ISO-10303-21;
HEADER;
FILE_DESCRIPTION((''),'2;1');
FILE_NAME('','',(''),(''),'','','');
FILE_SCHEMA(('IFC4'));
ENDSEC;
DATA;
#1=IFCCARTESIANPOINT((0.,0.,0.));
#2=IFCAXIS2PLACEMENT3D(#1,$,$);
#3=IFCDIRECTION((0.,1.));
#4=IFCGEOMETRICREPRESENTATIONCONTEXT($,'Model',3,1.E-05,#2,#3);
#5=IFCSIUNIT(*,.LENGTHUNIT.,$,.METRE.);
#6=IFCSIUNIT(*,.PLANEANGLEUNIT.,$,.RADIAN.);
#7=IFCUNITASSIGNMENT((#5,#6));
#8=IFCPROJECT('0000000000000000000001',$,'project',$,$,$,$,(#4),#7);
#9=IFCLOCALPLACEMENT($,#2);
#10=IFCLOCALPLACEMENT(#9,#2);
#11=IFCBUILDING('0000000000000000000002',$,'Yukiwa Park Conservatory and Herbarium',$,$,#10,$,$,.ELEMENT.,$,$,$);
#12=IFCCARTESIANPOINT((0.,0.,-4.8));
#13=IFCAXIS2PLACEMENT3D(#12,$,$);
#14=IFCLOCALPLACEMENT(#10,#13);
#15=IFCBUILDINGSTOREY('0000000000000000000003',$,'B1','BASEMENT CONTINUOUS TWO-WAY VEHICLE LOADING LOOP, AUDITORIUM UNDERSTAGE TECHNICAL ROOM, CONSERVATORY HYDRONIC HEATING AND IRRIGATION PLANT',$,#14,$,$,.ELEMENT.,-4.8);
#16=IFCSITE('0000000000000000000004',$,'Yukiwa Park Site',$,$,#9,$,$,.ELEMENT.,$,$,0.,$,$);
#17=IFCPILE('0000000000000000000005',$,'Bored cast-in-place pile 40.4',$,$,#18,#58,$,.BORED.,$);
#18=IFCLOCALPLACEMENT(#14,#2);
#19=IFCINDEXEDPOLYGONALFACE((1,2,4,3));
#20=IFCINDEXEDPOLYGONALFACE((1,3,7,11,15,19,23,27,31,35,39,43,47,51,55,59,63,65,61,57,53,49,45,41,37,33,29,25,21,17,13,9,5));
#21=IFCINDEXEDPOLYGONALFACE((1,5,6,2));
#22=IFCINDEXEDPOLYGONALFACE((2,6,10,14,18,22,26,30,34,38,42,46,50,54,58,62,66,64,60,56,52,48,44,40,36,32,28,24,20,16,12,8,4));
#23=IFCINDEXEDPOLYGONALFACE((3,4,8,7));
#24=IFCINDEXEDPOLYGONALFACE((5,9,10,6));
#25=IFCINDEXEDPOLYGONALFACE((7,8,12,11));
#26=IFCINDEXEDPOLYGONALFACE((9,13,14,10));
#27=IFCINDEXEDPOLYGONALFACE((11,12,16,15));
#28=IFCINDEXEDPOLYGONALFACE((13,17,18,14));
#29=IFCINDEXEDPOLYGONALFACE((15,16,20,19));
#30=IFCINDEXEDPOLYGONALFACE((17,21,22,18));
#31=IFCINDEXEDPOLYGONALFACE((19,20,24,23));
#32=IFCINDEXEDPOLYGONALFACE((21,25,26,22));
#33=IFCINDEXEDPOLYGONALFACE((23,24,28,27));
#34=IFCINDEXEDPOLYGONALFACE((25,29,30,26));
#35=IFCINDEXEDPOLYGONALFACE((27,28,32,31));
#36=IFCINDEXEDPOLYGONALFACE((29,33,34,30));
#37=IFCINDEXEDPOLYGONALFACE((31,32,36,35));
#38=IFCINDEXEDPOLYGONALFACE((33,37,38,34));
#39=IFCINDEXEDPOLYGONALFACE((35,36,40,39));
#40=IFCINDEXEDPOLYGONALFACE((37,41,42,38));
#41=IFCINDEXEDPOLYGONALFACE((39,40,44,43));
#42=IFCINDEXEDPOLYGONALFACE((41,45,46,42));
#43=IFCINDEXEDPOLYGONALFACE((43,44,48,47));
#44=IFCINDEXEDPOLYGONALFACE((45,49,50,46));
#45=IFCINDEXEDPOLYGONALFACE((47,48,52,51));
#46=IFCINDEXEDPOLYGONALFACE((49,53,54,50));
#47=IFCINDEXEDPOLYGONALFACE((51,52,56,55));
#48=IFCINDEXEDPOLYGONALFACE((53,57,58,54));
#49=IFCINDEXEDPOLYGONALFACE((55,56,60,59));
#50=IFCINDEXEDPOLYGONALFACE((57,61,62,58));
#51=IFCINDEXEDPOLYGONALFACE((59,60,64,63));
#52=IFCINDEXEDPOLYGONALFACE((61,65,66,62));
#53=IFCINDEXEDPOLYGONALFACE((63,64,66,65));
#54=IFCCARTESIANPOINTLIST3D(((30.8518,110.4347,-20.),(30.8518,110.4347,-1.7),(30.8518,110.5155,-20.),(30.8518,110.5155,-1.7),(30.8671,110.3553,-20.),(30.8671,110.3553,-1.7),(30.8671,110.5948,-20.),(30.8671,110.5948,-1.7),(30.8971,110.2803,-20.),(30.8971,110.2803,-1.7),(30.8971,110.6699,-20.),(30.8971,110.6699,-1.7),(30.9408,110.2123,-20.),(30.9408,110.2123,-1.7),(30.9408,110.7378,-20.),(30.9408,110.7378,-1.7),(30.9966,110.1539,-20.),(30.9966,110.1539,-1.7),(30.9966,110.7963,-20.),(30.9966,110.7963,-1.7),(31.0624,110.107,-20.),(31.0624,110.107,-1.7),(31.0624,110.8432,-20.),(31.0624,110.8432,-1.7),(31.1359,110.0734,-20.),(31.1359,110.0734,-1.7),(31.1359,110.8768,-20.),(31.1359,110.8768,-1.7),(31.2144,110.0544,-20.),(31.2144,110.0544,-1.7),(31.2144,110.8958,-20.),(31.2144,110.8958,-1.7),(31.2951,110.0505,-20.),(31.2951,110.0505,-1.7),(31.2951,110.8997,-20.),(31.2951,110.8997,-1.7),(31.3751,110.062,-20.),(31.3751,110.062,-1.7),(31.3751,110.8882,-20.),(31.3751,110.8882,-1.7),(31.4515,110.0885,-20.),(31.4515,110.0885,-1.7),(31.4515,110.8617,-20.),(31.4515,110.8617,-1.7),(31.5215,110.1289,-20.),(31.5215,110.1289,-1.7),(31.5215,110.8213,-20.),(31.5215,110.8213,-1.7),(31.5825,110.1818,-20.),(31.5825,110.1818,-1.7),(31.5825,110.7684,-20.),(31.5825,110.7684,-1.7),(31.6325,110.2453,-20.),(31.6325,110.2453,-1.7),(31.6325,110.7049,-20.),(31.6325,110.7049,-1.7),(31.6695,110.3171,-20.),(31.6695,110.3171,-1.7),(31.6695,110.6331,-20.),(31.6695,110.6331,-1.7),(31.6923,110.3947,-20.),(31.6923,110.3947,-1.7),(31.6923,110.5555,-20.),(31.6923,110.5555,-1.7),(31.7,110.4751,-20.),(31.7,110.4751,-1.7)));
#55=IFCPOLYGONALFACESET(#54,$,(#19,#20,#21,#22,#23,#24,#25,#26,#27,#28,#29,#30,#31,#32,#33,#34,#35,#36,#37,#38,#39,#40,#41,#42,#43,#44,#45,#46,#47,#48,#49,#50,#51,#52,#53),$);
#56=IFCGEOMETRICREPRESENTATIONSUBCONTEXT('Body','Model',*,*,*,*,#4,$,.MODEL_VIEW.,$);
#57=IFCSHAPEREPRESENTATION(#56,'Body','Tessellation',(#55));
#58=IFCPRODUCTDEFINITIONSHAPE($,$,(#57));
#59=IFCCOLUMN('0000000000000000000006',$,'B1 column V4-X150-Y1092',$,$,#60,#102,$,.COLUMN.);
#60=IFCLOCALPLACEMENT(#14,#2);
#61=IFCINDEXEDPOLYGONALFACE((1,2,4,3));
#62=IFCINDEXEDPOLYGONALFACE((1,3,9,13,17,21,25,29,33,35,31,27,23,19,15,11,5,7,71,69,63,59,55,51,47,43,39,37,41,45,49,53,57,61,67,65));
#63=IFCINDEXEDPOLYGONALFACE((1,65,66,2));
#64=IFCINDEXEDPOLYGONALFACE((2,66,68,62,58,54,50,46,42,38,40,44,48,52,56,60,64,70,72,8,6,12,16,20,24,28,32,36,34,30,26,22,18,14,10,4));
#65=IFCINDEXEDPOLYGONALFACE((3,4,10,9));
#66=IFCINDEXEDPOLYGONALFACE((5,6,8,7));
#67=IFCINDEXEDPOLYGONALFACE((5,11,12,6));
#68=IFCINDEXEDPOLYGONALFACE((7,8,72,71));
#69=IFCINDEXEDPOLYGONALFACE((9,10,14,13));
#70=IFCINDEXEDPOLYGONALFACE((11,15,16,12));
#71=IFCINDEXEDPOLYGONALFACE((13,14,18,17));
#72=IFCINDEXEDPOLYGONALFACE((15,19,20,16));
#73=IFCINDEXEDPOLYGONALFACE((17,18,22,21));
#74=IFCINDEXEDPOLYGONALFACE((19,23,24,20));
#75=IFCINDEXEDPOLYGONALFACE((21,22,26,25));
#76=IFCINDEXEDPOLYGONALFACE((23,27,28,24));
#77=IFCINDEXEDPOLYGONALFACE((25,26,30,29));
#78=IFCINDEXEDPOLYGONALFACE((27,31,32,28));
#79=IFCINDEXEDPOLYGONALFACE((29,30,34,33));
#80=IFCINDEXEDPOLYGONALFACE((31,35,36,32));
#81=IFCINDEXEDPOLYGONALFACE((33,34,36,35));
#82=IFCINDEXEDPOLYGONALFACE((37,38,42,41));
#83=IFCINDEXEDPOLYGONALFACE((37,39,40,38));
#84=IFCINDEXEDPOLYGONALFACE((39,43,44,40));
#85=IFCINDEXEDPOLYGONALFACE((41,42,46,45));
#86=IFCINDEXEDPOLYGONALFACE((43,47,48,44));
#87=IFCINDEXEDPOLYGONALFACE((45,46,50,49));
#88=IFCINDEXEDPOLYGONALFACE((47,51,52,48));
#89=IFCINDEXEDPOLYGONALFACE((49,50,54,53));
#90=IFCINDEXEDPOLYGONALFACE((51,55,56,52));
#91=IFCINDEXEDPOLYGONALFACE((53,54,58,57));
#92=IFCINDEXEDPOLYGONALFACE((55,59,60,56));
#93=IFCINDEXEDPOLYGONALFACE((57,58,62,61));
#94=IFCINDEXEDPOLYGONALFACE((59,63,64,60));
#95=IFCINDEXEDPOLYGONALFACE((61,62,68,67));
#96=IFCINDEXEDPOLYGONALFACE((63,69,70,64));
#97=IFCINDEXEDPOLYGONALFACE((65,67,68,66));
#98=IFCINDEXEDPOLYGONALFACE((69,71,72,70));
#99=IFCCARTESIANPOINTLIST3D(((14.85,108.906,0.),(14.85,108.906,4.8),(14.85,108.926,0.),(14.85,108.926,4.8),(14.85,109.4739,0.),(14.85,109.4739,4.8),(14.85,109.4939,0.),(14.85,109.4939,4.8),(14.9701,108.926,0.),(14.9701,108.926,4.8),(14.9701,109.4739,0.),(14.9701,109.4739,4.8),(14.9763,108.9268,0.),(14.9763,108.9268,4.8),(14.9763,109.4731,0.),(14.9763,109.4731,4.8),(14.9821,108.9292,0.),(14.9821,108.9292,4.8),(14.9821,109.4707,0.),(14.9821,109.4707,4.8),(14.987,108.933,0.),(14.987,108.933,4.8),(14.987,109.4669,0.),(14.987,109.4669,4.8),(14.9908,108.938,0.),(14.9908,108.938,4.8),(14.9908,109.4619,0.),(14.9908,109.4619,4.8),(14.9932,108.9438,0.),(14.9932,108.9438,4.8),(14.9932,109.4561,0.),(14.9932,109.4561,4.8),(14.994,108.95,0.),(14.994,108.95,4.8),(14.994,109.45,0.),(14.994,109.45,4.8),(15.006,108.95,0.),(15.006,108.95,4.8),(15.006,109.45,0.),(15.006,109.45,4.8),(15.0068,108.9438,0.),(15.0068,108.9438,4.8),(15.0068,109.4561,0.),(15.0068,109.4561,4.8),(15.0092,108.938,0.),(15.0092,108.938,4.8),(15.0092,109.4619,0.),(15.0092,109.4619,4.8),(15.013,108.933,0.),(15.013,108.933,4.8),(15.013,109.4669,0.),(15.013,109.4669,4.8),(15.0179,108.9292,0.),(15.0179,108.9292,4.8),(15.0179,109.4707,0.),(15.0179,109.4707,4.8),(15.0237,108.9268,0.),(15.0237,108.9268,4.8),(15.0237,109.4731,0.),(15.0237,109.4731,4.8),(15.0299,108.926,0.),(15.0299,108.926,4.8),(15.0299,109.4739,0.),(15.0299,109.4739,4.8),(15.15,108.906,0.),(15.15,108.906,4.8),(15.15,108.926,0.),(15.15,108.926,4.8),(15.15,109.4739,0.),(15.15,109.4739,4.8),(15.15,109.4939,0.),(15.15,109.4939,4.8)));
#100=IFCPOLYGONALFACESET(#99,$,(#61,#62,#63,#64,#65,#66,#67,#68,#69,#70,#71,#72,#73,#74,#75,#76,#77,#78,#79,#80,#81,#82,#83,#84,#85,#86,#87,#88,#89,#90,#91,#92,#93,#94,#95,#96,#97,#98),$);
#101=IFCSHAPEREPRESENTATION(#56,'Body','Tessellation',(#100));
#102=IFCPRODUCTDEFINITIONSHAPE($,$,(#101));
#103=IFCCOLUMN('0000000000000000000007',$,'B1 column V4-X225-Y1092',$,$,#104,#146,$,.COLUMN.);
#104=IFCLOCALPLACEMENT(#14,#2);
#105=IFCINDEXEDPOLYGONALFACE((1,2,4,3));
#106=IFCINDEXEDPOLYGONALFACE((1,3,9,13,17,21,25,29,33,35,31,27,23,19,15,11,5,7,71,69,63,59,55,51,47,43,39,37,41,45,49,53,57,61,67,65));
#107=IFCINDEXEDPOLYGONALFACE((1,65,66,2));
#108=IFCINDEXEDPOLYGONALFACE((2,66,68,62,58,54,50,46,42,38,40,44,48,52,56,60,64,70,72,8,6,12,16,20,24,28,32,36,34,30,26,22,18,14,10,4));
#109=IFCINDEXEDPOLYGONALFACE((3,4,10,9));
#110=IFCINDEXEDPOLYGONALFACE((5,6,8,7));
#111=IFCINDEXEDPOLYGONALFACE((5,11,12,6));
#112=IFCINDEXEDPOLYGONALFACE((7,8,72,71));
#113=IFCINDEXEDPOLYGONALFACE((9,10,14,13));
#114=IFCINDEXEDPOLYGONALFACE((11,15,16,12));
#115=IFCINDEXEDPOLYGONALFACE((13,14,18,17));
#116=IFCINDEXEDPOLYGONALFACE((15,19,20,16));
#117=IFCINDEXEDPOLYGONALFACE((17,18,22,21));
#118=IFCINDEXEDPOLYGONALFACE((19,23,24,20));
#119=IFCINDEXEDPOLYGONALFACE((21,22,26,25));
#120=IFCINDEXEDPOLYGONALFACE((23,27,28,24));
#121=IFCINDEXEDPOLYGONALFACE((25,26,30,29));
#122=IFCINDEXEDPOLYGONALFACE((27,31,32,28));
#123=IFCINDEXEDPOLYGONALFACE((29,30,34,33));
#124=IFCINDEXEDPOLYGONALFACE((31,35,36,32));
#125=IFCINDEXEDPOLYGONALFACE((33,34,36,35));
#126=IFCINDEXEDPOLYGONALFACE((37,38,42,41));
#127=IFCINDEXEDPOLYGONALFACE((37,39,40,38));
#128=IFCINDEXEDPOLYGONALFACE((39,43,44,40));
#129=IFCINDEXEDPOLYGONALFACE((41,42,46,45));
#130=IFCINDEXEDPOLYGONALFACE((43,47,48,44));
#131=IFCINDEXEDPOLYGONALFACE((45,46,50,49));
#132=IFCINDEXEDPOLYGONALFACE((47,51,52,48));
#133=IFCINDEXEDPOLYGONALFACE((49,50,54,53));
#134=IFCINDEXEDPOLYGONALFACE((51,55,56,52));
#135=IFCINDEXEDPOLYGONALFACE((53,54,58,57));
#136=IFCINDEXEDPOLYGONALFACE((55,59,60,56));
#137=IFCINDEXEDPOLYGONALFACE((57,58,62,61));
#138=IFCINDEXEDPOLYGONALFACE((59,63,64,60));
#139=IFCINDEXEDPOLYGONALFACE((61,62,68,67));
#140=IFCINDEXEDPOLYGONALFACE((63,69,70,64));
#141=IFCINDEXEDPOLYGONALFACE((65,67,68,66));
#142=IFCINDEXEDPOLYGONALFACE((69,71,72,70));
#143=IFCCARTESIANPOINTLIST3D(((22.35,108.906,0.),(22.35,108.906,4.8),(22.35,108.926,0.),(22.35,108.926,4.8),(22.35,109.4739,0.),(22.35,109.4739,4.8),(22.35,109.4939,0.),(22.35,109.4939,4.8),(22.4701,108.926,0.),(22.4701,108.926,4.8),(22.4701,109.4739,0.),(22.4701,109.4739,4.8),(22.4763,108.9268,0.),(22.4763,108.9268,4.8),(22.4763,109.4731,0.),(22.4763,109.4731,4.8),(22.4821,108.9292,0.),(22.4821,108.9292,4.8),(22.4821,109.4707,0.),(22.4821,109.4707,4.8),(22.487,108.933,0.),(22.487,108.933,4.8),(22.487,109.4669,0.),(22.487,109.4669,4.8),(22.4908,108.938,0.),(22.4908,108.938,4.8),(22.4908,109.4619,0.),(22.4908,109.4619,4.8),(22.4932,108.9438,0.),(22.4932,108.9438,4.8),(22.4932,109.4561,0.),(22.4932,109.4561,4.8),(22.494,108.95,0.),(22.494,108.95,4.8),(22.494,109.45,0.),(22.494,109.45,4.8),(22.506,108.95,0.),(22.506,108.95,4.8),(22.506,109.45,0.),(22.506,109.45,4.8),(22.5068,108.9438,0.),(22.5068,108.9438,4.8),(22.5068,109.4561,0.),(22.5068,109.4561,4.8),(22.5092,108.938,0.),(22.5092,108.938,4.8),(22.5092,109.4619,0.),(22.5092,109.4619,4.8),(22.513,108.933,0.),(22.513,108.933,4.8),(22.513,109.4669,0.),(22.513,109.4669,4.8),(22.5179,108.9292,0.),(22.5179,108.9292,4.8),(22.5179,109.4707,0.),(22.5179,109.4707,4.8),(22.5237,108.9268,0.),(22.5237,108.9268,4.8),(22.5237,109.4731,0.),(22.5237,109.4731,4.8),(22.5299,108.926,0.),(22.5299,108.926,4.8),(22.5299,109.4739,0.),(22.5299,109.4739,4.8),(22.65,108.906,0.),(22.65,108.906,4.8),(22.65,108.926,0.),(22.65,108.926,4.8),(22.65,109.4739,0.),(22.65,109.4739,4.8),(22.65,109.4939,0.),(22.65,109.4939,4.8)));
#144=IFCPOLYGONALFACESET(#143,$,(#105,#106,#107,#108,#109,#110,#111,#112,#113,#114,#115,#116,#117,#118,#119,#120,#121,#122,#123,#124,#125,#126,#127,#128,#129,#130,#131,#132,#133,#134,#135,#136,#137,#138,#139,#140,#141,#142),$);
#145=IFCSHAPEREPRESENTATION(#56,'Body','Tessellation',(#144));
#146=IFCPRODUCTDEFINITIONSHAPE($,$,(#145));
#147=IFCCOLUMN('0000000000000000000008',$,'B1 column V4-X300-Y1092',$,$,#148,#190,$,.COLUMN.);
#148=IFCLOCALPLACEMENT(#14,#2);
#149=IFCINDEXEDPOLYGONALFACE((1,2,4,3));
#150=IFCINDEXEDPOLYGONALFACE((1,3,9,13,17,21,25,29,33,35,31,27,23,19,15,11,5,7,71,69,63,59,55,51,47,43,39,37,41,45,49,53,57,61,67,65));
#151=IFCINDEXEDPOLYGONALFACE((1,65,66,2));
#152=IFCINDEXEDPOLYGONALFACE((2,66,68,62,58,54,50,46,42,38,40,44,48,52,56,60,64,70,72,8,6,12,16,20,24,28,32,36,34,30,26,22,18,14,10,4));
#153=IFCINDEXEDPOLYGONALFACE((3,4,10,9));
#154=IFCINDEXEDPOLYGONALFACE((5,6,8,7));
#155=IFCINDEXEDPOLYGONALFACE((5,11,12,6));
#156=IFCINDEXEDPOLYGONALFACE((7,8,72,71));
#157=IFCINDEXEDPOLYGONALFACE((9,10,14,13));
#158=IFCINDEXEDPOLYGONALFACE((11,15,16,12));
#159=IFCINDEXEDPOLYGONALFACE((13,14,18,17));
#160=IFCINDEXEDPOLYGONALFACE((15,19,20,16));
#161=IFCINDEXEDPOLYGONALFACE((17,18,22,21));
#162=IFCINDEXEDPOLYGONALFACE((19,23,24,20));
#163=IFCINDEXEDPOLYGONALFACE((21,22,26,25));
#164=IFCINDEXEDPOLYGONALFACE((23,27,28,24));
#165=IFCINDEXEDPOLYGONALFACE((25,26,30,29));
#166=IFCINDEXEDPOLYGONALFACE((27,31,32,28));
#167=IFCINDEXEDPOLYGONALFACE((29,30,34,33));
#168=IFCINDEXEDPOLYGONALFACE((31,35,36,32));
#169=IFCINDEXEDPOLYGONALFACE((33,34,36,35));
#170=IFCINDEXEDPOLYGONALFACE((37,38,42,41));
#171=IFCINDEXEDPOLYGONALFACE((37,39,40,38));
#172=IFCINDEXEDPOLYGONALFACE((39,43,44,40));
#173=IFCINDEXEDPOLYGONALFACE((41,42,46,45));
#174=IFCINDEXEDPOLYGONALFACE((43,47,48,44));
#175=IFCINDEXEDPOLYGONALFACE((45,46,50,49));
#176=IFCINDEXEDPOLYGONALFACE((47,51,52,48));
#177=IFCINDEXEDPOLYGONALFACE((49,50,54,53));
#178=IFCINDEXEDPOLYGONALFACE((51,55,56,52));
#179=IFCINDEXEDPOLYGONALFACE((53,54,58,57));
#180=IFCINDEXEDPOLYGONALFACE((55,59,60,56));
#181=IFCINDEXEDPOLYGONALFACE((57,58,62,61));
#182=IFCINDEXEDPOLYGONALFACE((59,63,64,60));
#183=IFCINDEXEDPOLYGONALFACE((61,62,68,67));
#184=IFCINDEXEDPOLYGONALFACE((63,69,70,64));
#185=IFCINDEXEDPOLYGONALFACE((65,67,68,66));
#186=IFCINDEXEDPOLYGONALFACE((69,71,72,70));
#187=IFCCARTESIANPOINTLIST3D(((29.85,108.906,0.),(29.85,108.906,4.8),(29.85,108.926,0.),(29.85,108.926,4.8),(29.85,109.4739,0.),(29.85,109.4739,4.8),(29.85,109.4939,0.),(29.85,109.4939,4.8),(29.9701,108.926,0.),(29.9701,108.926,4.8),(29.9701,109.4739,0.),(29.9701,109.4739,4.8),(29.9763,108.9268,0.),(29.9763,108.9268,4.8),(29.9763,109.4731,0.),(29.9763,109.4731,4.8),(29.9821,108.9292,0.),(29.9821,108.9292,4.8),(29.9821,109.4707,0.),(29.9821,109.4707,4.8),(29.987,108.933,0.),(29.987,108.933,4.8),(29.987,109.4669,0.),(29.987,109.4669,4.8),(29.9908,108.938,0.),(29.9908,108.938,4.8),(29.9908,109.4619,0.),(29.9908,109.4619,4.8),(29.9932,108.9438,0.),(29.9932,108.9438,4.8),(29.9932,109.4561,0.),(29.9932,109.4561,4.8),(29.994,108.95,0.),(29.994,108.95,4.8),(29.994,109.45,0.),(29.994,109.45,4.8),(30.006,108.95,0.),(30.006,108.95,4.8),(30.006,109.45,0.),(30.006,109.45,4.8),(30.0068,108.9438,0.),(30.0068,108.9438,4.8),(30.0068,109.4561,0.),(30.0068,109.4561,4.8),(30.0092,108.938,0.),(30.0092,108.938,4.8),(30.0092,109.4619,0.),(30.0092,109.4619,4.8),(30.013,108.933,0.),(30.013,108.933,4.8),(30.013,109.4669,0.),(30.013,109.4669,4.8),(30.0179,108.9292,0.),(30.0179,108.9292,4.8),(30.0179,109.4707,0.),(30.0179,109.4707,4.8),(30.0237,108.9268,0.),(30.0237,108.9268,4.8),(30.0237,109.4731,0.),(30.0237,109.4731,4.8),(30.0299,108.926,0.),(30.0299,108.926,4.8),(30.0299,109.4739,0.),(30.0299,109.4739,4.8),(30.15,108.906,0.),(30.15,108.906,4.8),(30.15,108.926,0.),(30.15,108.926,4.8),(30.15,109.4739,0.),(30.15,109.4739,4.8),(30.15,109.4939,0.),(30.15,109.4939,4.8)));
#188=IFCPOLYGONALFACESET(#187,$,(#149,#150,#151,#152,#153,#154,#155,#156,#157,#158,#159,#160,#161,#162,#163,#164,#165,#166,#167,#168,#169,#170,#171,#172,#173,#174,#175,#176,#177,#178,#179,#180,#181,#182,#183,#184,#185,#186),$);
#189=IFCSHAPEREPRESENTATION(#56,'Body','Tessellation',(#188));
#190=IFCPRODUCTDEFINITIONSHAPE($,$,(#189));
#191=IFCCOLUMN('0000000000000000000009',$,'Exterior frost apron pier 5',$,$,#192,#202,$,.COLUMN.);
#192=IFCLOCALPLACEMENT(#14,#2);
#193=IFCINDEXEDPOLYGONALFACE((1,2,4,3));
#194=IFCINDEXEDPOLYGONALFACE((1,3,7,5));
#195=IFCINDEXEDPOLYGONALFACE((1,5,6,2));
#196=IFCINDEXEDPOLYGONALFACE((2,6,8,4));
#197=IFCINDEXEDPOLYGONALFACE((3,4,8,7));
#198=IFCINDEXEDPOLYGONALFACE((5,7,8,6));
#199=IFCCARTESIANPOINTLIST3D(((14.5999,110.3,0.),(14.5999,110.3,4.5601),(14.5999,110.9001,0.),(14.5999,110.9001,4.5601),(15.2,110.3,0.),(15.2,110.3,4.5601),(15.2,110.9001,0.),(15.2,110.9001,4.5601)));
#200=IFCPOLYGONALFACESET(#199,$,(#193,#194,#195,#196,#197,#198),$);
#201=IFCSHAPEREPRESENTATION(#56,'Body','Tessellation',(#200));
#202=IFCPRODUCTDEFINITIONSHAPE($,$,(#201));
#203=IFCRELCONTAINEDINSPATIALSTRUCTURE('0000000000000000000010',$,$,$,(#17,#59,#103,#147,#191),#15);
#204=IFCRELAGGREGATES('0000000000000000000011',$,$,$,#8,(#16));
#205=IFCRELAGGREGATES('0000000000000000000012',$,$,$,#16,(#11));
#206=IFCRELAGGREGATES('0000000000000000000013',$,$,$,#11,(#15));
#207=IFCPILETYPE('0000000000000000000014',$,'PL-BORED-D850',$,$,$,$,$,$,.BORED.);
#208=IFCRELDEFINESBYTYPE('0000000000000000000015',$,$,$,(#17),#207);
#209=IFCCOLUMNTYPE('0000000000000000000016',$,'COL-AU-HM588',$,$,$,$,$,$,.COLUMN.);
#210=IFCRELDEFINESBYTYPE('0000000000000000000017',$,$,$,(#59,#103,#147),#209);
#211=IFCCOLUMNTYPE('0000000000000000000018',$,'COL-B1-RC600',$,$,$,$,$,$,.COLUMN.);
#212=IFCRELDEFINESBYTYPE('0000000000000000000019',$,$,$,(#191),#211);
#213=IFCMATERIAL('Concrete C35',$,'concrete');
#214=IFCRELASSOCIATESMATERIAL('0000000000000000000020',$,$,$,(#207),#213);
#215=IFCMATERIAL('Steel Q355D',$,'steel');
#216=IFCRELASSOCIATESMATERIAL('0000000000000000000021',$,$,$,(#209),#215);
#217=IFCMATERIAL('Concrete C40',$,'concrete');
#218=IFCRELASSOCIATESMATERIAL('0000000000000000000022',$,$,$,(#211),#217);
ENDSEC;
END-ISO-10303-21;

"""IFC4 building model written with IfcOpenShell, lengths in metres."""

from ifc_helpers import new_model, si_unit, direction, frame, origin, origin_2d, place, context, subcontext, project, spatial, rectangle, circle, i_section, extrude, material, material_profile, profile_set, type_object, element, save


model = new_model("IFC4")

# Units and contexts
model_context = context("Model", 3, precision=1e-05, world=origin(), true_north=direction((0.0, 1.0)))
body_context = subcontext(model_context, "Body", "Model", "MODEL_VIEW")
ifc_project = project(units=[si_unit("LENGTHUNIT", "METRE"), si_unit("PLANEANGLEUNIT", "RADIAN")], contexts=[model_context])

# Site, building, storey
site_placement = place(None, origin())
site = spatial("IfcSite", under=ifc_project, at=site_placement, Name="Yukiwa Park Site", CompositionType="ELEMENT", RefElevation=0.0)
building_placement = place(site_placement, origin())
building = spatial("IfcBuilding", under=site, at=building_placement, Name="Yukiwa Park Conservatory and Herbarium", CompositionType="ELEMENT")
storey_placement = place(building_placement, frame((0.0, 0.0, -4.8)))
storey = spatial("IfcBuildingStorey", under=building, at=storey_placement, Name="B1", Description="BASEMENT CONTINUOUS TWO-WAY VEHICLE LOADING LOOP, AUDITORIUM UNDERSTAGE TECHNICAL ROOM, CONSERVATORY HYDRONIC HEATING AND IRRIGATION PLANT", CompositionType="ELEMENT", Elevation=-4.8)

# Pile
ifc_material_1 = material(Name="Concrete C35", Category="concrete")
ifc_material_profile_1 = material_profile(ifc_material_1, circle(Radius=0.425, at=origin_2d()), Name="PILE D850")
ifc_profile_set_1 = profile_set([ifc_material_profile_1], Name="Concrete C35")
pile_type = type_object("IfcPileType", Name="PL-BORED-D850", PredefinedType="BORED", material=ifc_profile_set_1)
for number, where, z_axis, x_axis, name in (
    (1, (31.2749, 110.4751, -1.7), (0.0, 0.0, -1.0), (1.0, 0.0, 0.0), "Bored cast-in-place pile 40.4"),
):
    element("IfcPile", number, at=place(storey_placement, frame(where, z_axis=z_axis, x_axis=x_axis)), inside=storey, type_object=pile_type, Name=name, PredefinedType="BORED", context=body_context, shape_type="SweptSolid", body=[
        extrude(circle(Radius=0.425, at=origin_2d()), origin(), (0.0, 0.0, 1.0), 18.3),
    ])

# Columns
ifc_material_2 = material(Name="Steel Q355D", Category="steel")
ifc_material_profile_2 = material_profile(ifc_material_2, i_section(OverallWidth=0.3, OverallDepth=0.5879, WebThickness=0.012, FlangeThickness=0.02, FilletRadius=0.0239, at=origin_2d()), Name="HM 588x300x12x20")
ifc_profile_set_2 = profile_set([ifc_material_profile_2], Name="Steel Q355D")
column_type_1 = type_object("IfcColumnType", Name="COL-AU-HM588", PredefinedType="COLUMN", material=ifc_profile_set_2)
for number, where, z_axis, x_axis, name in (
    (2, (15.0, 109.2, 0.0), (0.0, 0.0, 1.0), (1.0, 0.0, 0.0), "B1 column V4-X150-Y1092"),
    (3, (22.5, 109.2, 0.0), (0.0, 0.0, 1.0), (1.0, 0.0, 0.0), "B1 column V4-X225-Y1092"),
    (4, (30.0, 109.2, 0.0), (0.0, 0.0, 1.0), (1.0, 0.0, 0.0), "B1 column V4-X300-Y1092"),
):
    element("IfcColumn", number, at=place(storey_placement, frame(where, z_axis=z_axis, x_axis=x_axis)), inside=storey, type_object=column_type_1, Name=name, PredefinedType="COLUMN", context=body_context, shape_type="SweptSolid", body=[
        extrude(i_section(OverallWidth=0.3, OverallDepth=0.5879, WebThickness=0.012, FlangeThickness=0.02, FilletRadius=0.0239, at=origin_2d()), origin(), (0.0, 0.0, 1.0), 4.8),
    ])
ifc_material_3 = material(Name="Concrete C40", Category="concrete")
ifc_material_profile_3 = material_profile(ifc_material_3, rectangle(XDim=0.6001, YDim=0.6001, at=origin_2d()), Name="RC 600x600")
ifc_profile_set_3 = profile_set([ifc_material_profile_3], Name="Concrete C40")
column_type_2 = type_object("IfcColumnType", Name="COL-B1-RC600", PredefinedType="COLUMN", material=ifc_profile_set_3)
for number, where, z_axis, x_axis, name in (
    (5, (14.8999, 110.6001, 0.0), (0.0, 0.0, 1.0), (1.0, 0.0, 0.0), "Exterior frost apron pier 5"),
):
    element("IfcColumn", number, at=place(storey_placement, frame(where, z_axis=z_axis, x_axis=x_axis)), inside=storey, type_object=column_type_2, Name=name, PredefinedType="COLUMN", context=body_context, shape_type="SweptSolid", body=[
        extrude(rectangle(XDim=0.6001, YDim=0.6001, at=origin_2d()), origin(), (0.0, 0.0, 1.0), 4.5601),
    ])

save(model, "model.ifc")
